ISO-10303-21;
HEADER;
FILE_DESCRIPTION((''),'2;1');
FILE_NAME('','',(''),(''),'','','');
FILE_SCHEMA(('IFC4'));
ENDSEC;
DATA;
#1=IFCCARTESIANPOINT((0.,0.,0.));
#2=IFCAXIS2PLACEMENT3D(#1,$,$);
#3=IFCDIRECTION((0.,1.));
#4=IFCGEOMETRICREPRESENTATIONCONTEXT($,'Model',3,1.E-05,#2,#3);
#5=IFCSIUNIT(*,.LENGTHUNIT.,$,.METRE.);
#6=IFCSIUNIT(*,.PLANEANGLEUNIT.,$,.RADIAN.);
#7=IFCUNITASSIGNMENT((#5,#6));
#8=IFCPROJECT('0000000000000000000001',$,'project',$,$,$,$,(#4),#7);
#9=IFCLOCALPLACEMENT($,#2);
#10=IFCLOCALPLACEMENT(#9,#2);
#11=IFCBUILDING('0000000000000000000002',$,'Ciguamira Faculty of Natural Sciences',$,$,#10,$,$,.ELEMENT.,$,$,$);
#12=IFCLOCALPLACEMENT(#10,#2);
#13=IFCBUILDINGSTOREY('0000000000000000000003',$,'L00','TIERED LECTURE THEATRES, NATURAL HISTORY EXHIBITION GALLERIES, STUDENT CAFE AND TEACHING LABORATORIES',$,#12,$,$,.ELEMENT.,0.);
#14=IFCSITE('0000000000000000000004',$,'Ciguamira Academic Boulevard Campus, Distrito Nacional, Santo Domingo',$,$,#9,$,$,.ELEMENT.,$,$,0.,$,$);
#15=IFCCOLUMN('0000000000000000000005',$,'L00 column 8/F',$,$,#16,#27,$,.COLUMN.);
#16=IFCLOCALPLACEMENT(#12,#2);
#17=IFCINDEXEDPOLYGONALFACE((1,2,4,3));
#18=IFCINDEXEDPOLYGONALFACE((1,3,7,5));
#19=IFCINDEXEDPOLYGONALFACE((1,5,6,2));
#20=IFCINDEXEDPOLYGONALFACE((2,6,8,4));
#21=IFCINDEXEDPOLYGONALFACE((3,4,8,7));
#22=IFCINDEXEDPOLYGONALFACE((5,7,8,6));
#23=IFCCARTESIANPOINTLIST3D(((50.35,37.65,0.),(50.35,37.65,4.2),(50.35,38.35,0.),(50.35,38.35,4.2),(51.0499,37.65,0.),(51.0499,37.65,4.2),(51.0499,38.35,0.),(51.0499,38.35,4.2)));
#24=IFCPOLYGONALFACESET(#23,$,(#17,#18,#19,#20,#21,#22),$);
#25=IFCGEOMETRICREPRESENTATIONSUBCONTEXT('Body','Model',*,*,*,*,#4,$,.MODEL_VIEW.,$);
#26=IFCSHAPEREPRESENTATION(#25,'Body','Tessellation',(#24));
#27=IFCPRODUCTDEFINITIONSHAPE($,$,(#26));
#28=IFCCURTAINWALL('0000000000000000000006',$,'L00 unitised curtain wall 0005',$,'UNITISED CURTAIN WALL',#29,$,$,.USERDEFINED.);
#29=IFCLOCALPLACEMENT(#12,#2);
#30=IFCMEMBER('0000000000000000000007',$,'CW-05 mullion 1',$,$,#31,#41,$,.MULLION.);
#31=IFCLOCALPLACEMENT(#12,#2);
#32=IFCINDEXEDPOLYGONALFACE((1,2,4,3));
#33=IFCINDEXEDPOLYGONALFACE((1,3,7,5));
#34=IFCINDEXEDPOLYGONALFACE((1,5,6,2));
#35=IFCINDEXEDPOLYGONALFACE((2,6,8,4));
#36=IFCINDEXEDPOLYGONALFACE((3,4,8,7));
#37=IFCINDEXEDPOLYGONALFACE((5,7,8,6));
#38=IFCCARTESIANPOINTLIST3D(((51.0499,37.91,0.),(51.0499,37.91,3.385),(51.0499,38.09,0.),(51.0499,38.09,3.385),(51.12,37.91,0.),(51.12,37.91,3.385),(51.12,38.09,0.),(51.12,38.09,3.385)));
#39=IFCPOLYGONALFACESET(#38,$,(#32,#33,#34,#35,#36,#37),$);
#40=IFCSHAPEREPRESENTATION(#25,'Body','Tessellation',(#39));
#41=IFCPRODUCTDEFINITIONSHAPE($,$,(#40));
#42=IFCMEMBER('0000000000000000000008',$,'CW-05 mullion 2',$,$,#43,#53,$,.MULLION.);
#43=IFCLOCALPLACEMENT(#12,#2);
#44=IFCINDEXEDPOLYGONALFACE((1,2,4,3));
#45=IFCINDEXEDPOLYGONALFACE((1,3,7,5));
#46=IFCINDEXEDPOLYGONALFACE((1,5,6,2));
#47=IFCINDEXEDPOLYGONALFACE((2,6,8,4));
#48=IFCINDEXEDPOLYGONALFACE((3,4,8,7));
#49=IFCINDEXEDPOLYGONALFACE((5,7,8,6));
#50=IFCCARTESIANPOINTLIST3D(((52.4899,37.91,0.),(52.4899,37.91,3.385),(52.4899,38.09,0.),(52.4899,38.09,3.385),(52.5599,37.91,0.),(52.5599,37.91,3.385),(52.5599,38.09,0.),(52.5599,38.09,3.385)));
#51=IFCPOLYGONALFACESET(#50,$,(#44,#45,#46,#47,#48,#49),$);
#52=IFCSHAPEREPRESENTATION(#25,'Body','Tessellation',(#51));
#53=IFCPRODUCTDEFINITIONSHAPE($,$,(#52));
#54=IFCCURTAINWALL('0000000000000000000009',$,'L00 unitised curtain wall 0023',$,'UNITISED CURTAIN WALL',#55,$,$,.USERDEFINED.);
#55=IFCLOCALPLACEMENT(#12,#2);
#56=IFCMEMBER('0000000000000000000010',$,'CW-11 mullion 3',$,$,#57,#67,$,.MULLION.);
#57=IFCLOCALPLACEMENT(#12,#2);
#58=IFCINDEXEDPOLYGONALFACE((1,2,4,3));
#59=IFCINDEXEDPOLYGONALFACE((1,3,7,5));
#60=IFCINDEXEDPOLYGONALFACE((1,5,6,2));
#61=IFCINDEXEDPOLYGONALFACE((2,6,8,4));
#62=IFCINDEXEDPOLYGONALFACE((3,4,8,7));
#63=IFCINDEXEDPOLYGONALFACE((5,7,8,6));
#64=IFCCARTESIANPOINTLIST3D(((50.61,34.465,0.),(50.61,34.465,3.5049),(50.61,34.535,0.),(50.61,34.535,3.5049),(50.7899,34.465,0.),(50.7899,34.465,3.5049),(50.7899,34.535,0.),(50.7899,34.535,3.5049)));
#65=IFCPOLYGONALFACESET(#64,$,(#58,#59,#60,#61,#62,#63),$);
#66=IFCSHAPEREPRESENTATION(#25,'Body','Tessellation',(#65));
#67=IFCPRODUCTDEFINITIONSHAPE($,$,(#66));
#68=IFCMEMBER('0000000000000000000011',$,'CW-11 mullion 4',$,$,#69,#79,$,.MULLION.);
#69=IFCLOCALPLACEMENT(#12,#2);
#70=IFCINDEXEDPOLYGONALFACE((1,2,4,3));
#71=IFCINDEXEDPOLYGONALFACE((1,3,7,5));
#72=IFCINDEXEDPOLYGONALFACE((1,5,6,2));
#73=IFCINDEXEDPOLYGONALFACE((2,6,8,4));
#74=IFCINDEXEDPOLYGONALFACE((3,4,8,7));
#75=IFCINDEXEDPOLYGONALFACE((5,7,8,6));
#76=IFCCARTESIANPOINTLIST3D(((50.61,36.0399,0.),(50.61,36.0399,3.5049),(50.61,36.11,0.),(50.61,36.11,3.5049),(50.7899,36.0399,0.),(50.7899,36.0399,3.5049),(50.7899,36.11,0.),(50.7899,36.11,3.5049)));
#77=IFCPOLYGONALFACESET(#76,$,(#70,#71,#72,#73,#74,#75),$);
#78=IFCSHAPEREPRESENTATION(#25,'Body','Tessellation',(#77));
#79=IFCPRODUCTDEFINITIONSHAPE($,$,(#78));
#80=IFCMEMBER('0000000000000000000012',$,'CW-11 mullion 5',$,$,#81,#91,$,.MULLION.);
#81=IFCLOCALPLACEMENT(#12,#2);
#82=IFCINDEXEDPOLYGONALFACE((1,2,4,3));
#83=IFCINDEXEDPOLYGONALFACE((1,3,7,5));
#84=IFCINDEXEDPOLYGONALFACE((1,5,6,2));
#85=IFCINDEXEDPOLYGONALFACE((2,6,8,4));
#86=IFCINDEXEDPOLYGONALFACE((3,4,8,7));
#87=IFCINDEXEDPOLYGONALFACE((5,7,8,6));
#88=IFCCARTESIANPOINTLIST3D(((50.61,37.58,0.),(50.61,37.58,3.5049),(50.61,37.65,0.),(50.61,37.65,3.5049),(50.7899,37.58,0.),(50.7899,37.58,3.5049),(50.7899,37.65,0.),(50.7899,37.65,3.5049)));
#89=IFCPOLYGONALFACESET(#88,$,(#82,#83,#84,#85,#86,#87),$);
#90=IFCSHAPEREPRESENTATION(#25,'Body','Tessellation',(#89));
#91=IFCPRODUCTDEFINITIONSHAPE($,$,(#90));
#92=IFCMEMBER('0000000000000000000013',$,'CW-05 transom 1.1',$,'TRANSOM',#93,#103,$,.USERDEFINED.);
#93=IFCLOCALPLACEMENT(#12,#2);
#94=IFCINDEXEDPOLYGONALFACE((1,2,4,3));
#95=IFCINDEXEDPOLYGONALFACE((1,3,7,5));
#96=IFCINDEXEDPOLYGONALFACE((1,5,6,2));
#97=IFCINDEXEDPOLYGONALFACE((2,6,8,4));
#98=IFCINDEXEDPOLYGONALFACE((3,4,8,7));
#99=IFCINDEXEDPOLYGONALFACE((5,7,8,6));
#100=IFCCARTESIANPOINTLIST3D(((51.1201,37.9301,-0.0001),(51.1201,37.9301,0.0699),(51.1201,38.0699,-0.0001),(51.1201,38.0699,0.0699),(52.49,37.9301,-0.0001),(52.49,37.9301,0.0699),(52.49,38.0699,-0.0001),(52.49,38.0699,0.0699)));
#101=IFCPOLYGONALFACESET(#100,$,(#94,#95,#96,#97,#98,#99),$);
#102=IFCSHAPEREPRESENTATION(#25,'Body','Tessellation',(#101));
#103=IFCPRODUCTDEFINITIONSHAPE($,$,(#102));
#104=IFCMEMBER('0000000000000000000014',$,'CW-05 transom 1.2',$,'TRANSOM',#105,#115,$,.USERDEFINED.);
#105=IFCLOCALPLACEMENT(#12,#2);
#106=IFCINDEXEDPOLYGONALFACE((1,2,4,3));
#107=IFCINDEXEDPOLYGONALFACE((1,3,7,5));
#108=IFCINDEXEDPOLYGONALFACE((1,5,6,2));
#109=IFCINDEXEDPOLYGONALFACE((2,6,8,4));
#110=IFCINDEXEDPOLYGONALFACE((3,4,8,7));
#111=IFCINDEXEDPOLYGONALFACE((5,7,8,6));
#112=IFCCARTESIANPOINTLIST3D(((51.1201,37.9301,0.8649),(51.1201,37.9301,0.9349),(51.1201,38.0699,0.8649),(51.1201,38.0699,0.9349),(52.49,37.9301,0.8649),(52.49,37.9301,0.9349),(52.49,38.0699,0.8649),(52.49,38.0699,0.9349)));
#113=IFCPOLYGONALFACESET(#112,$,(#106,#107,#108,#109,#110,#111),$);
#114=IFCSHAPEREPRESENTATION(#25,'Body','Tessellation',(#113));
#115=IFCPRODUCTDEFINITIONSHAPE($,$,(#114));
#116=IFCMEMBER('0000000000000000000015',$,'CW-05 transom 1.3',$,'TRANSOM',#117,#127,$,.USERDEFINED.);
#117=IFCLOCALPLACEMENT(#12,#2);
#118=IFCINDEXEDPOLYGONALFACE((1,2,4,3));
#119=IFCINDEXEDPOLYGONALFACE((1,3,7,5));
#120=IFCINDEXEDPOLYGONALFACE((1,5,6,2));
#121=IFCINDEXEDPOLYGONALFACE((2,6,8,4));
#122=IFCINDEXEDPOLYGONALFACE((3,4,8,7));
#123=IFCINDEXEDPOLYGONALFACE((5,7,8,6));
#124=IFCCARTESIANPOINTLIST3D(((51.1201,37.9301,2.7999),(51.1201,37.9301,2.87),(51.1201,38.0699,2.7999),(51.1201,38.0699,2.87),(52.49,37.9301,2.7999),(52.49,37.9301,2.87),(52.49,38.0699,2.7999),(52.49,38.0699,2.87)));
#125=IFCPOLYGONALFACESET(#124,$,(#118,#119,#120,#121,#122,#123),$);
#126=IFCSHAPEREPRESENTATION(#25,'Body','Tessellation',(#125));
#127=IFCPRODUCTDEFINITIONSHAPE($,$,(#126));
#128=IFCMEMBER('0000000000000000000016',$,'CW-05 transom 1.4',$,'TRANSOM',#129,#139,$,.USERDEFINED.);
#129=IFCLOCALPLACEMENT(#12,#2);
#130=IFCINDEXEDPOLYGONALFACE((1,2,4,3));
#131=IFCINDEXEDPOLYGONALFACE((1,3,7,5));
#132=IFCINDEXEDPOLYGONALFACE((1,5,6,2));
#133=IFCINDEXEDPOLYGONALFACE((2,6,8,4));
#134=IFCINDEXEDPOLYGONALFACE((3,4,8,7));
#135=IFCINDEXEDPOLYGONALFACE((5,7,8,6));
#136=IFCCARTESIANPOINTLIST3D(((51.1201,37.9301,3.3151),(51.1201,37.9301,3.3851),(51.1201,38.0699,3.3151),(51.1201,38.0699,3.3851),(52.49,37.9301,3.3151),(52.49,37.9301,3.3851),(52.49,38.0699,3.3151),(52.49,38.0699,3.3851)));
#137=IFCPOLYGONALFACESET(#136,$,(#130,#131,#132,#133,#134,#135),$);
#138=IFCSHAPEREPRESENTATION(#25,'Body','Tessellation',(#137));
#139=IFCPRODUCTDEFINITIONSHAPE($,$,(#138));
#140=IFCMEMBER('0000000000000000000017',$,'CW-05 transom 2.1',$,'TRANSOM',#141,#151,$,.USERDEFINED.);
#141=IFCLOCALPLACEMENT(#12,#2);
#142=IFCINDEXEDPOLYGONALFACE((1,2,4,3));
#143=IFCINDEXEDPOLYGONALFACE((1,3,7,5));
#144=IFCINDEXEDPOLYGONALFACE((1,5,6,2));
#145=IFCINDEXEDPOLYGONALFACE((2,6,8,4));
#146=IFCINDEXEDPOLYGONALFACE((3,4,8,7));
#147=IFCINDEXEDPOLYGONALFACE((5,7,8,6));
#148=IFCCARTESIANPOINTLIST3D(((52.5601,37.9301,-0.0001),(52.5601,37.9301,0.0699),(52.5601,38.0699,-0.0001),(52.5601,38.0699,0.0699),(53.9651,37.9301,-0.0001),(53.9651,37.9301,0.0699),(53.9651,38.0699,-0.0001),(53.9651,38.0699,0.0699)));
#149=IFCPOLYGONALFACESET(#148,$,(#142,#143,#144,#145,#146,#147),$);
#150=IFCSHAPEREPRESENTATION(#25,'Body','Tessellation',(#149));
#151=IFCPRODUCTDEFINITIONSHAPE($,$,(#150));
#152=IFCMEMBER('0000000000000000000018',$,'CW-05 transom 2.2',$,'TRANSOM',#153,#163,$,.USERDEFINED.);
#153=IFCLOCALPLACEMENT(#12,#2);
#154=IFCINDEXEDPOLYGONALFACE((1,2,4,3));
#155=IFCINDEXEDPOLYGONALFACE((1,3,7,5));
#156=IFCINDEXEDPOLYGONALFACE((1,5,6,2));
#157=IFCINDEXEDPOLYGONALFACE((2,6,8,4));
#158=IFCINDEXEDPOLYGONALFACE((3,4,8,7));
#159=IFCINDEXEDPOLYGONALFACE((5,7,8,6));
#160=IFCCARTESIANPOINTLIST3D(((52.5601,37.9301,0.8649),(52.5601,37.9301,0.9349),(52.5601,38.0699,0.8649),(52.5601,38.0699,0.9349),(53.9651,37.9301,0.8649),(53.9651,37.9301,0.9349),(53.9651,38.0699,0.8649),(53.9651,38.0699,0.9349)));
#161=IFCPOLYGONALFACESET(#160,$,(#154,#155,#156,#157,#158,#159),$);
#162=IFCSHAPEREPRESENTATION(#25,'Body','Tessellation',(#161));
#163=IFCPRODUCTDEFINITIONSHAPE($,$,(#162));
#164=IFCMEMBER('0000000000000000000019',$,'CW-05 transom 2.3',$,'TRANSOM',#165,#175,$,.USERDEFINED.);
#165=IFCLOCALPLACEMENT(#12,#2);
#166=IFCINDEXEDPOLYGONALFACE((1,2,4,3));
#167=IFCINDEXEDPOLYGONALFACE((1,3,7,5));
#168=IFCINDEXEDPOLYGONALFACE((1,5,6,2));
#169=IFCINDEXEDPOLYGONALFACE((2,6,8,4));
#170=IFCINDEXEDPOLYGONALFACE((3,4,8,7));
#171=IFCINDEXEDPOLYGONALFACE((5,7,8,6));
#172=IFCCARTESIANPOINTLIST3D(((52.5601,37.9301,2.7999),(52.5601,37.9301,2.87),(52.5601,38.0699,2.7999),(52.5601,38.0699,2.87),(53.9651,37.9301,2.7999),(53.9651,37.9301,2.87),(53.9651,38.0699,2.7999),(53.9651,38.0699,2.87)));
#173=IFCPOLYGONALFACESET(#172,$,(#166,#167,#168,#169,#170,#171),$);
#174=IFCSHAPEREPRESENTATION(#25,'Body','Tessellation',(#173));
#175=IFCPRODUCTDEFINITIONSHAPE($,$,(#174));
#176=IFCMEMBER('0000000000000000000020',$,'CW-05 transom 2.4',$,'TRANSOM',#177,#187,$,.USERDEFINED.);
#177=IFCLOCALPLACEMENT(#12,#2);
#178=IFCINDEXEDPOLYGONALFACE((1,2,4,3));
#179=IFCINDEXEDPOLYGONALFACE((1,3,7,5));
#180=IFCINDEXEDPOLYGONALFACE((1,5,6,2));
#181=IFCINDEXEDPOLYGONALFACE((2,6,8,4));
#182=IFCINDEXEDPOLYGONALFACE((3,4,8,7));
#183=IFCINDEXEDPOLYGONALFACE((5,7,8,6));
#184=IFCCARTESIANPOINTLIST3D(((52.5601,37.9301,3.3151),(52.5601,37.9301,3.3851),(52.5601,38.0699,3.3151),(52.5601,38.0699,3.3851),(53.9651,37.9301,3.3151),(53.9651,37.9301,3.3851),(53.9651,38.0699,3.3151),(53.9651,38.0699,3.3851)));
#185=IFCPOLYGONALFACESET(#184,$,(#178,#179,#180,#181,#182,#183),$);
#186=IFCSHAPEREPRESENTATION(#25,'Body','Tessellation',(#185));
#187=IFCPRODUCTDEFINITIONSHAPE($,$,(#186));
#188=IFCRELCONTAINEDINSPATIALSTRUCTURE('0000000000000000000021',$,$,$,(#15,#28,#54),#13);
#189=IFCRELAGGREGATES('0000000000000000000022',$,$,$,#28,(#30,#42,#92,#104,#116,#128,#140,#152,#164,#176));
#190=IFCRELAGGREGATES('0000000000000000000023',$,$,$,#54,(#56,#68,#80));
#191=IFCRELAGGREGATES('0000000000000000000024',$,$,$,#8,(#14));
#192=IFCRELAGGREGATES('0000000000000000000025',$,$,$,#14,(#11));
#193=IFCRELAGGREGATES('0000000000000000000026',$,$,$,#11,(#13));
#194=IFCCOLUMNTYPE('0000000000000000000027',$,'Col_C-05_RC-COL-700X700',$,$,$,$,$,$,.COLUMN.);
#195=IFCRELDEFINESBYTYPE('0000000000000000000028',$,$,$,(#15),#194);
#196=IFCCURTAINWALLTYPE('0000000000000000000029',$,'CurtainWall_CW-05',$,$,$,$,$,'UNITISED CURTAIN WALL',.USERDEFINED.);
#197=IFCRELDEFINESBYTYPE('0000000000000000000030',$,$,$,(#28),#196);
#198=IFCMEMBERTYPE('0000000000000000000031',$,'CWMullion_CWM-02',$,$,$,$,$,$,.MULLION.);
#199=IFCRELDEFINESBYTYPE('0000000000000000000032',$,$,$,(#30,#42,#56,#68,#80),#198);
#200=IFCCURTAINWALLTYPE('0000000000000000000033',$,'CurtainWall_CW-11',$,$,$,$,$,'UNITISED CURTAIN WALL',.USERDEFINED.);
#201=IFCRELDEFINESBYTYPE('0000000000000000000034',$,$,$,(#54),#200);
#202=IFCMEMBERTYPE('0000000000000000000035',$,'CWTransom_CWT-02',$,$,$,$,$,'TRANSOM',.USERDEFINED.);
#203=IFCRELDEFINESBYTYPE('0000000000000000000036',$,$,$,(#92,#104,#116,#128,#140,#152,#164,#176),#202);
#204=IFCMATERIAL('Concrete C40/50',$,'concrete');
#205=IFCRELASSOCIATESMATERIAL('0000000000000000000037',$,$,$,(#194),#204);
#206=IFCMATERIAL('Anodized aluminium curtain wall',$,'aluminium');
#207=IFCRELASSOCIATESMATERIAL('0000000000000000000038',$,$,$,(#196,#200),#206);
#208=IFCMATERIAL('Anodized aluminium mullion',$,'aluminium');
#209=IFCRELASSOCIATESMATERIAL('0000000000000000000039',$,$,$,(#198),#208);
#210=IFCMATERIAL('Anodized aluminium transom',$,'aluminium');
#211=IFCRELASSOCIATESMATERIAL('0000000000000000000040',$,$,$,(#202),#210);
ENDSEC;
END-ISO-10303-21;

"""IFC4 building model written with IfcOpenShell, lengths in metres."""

from ifc_helpers import new_model, si_unit, direction, frame, origin, origin_2d, place, context, subcontext, project, spatial, rectangle, extrude, material, material_profile, profile_set, type_object, element, aggregate, save


model = new_model("IFC4")

# Units and contexts
model_context = context("Model", 3, precision=1e-05, world=origin(), true_north=direction((0.0, 1.0)))
body_context = subcontext(model_context, "Body", "Model", "MODEL_VIEW")
ifc_project = project(units=[si_unit("LENGTHUNIT", "METRE"), si_unit("PLANEANGLEUNIT", "RADIAN")], contexts=[model_context])

# Site, building, storey
site_placement = place(None, origin())
site = spatial("IfcSite", under=ifc_project, at=site_placement, Name="Ciguamira Academic Boulevard Campus, Distrito Nacional, Santo Domingo", CompositionType="ELEMENT", RefElevation=0.0)
building_placement = place(site_placement, origin())
building = spatial("IfcBuilding", under=site, at=building_placement, Name="Ciguamira Faculty of Natural Sciences", CompositionType="ELEMENT")
storey_placement = place(building_placement, origin())
storey = spatial("IfcBuildingStorey", under=building, at=storey_placement, Name="L00", Description="TIERED LECTURE THEATRES, NATURAL HISTORY EXHIBITION GALLERIES, STUDENT CAFE AND TEACHING LABORATORIES", CompositionType="ELEMENT", Elevation=0.0)

# Column
ifc_material_1 = material(Name="Concrete C40/50", Category="concrete")
ifc_material_profile_1 = material_profile(ifc_material_1, rectangle(XDim=0.7, YDim=0.7, at=origin_2d()), Name="RC-COL-700X700")
ifc_profile_set_1 = profile_set([ifc_material_profile_1], Name="Concrete C40/50")
column_type = type_object("IfcColumnType", Name="Col_C-05_RC-COL-700X700", PredefinedType="COLUMN", material=ifc_profile_set_1)
column_placement = place(storey_placement, frame((50.7, 38.0, 0.0), z_axis=(0.0, 0.0, 1.0), x_axis=(1.0, 0.0, 0.0)))
element("IfcColumn", 1, at=column_placement, inside=storey, type_object=column_type, Name="L00 column 8/F", PredefinedType="COLUMN", context=body_context, shape_type="SweptSolid", body=[
    extrude(rectangle(XDim=0.7, YDim=0.7, at=origin_2d()), origin(), (0.0, 0.0, 1.0), 4.2),
])

# Curtain walls, members
ifc_material_2 = material(Name="Anodized aluminium curtain wall", Category="aluminium")
curtain_wall_type_1 = type_object("IfcCurtainWallType", Name="CurtainWall_CW-05", ElementType="UNITISED CURTAIN WALL", PredefinedType="USERDEFINED", material=ifc_material_2)
curtain_wall_1_placement = place(storey_placement, origin())
curtain_wall_1 = element("IfcCurtainWall", 2, at=curtain_wall_1_placement, inside=storey, type_object=curtain_wall_type_1, Name="L00 unitised curtain wall 0005", ObjectType="UNITISED CURTAIN WALL", PredefinedType="USERDEFINED")
ifc_material_3 = material(Name="Anodized aluminium mullion", Category="aluminium")
ifc_material_profile_2 = material_profile(ifc_material_3, rectangle(XDim=0.0701, YDim=0.1799, at=origin_2d()), Name="ALU-MUL-70X180")
ifc_profile_set_2 = profile_set([ifc_material_profile_2], Name="Anodized aluminium mullion")
member_type_1 = type_object("IfcMemberType", Name="CWMullion_CWM-02", PredefinedType="MULLION", material=ifc_profile_set_2)
member_1_placement = place(storey_placement, frame((51.085, 38.0, 0.0), z_axis=(0.0, 0.0, 1.0), x_axis=(1.0, 0.0, 0.0)))
member_1 = element("IfcMember", 3, at=member_1_placement, type_object=member_type_1, Name="CW-05 mullion 1", PredefinedType="MULLION", context=body_context, shape_type="SweptSolid", body=[
    extrude(rectangle(XDim=0.0701, YDim=0.1799, at=origin_2d()), origin(), (0.0, 0.0, 1.0), 3.385),
])
member_2_placement = place(storey_placement, frame((52.5249, 38.0, 0.0), z_axis=(0.0, 0.0, 1.0), x_axis=(1.0, 0.0, 0.0)))
member_2 = element("IfcMember", 4, at=member_2_placement, type_object=member_type_1, Name="CW-05 mullion 2", PredefinedType="MULLION", context=body_context, shape_type="SweptSolid", body=[
    extrude(rectangle(XDim=0.0701, YDim=0.1799, at=origin_2d()), origin(), (0.0, 0.0, 1.0), 3.385),
])
curtain_wall_type_2 = type_object("IfcCurtainWallType", Name="CurtainWall_CW-11", ElementType="UNITISED CURTAIN WALL", PredefinedType="USERDEFINED", material=ifc_material_2)
curtain_wall_2_placement = place(storey_placement, origin())
curtain_wall_2 = element("IfcCurtainWall", 5, at=curtain_wall_2_placement, inside=storey, type_object=curtain_wall_type_2, Name="L00 unitised curtain wall 0023", ObjectType="UNITISED CURTAIN WALL", PredefinedType="USERDEFINED")
member_3_placement = place(storey_placement, frame((50.7, 34.5, 0.0), z_axis=(0.0, 0.0, 1.0), x_axis=(0.0, 1.0, 0.0)))
member_3 = element("IfcMember", 6, at=member_3_placement, type_object=member_type_1, Name="CW-11 mullion 3", PredefinedType="MULLION", context=body_context, shape_type="SweptSolid", body=[
    extrude(rectangle(XDim=0.0701, YDim=0.1799, at=origin_2d()), origin(), (0.0, 0.0, 1.0), 3.5049),
])
member_4_placement = place(storey_placement, frame((50.7, 36.075, 0.0), z_axis=(0.0, 0.0, 1.0), x_axis=(0.0, 1.0, 0.0)))
member_4 = element("IfcMember", 7, at=member_4_placement, type_object=member_type_1, Name="CW-11 mullion 4", PredefinedType="MULLION", context=body_context, shape_type="SweptSolid", body=[
    extrude(rectangle(XDim=0.0701, YDim=0.1799, at=origin_2d()), origin(), (0.0, 0.0, 1.0), 3.5049),
])
member_5_placement = place(storey_placement, frame((50.7, 37.615, 0.0), z_axis=(0.0, 0.0, 1.0), x_axis=(0.0, 1.0, 0.0)))
member_5 = element("IfcMember", 8, at=member_5_placement, type_object=member_type_1, Name="CW-11 mullion 5", PredefinedType="MULLION", context=body_context, shape_type="SweptSolid", body=[
    extrude(rectangle(XDim=0.0701, YDim=0.1799, at=origin_2d()), origin(), (0.0, 0.0, 1.0), 3.5049),
])

# Members
ifc_material_4 = material(Name="Anodized aluminium transom", Category="aluminium")
ifc_material_profile_3 = material_profile(ifc_material_4, rectangle(XDim=0.0701, YDim=0.1399, at=origin_2d()), Name="ALU-TRN-70X140")
ifc_profile_set_3 = profile_set([ifc_material_profile_3], Name="Anodized aluminium transom")
member_type_2 = type_object("IfcMemberType", Name="CWTransom_CWT-02", ElementType="TRANSOM", PredefinedType="USERDEFINED", material=ifc_profile_set_3)
member_6_placement = place(storey_placement, frame((51.1201, 38.0, 0.0349), z_axis=(1.0, 0.0, 0.0), x_axis=(0.0, 0.0, 1.0)))
member_6 = element("IfcMember", 9, at=member_6_placement, type_object=member_type_2, Name="CW-05 transom 1.1", ObjectType="TRANSOM", PredefinedType="USERDEFINED", context=body_context, shape_type="SweptSolid", body=[
    extrude(rectangle(XDim=0.0701, YDim=0.1399, at=origin_2d()), origin(), (0.0, 0.0, 1.0), 1.3699),
])
member_7_placement = place(storey_placement, frame((51.1201, 38.0, 0.8999), z_axis=(1.0, 0.0, 0.0), x_axis=(0.0, 0.0, 1.0)))
member_7 = element("IfcMember", 10, at=member_7_placement, type_object=member_type_2, Name="CW-05 transom 1.2", ObjectType="TRANSOM", PredefinedType="USERDEFINED", context=body_context, shape_type="SweptSolid", body=[
    extrude(rectangle(XDim=0.0701, YDim=0.1399, at=origin_2d()), origin(), (0.0, 0.0, 1.0), 1.3699),
])
member_8_placement = place(storey_placement, frame((51.1201, 38.0, 2.835), z_axis=(1.0, 0.0, 0.0), x_axis=(0.0, 0.0, 1.0)))
member_8 = element("IfcMember", 11, at=member_8_placement, type_object=member_type_2, Name="CW-05 transom 1.3", ObjectType="TRANSOM", PredefinedType="USERDEFINED", context=body_context, shape_type="SweptSolid", body=[
    extrude(rectangle(XDim=0.0701, YDim=0.1399, at=origin_2d()), origin(), (0.0, 0.0, 1.0), 1.3699),
])
member_9_placement = place(storey_placement, frame((51.1201, 38.0, 3.3501), z_axis=(1.0, 0.0, 0.0), x_axis=(0.0, 0.0, 1.0)))
member_9 = element("IfcMember", 12, at=member_9_placement, type_object=member_type_2, Name="CW-05 transom 1.4", ObjectType="TRANSOM", PredefinedType="USERDEFINED", context=body_context, shape_type="SweptSolid", body=[
    extrude(rectangle(XDim=0.0701, YDim=0.1399, at=origin_2d()), origin(), (0.0, 0.0, 1.0), 1.3699),
])
member_10_placement = place(storey_placement, frame((52.5601, 38.0, 0.0349), z_axis=(1.0, 0.0, 0.0), x_axis=(0.0, 0.0, 1.0)))
member_10 = element("IfcMember", 13, at=member_10_placement, type_object=member_type_2, Name="CW-05 transom 2.1", ObjectType="TRANSOM", PredefinedType="USERDEFINED", context=body_context, shape_type="SweptSolid", body=[
    extrude(rectangle(XDim=0.0701, YDim=0.1399, at=origin_2d()), origin(), (0.0, 0.0, 1.0), 1.405),
])
member_11_placement = place(storey_placement, frame((52.5601, 38.0, 0.8999), z_axis=(1.0, 0.0, 0.0), x_axis=(0.0, 0.0, 1.0)))
member_11 = element("IfcMember", 14, at=member_11_placement, type_object=member_type_2, Name="CW-05 transom 2.2", ObjectType="TRANSOM", PredefinedType="USERDEFINED", context=body_context, shape_type="SweptSolid", body=[
    extrude(rectangle(XDim=0.0701, YDim=0.1399, at=origin_2d()), origin(), (0.0, 0.0, 1.0), 1.405),
])
member_12_placement = place(storey_placement, frame((52.5601, 38.0, 2.835), z_axis=(1.0, 0.0, 0.0), x_axis=(0.0, 0.0, 1.0)))
member_12 = element("IfcMember", 15, at=member_12_placement, type_object=member_type_2, Name="CW-05 transom 2.3", ObjectType="TRANSOM", PredefinedType="USERDEFINED", context=body_context, shape_type="SweptSolid", body=[
    extrude(rectangle(XDim=0.0701, YDim=0.1399, at=origin_2d()), origin(), (0.0, 0.0, 1.0), 1.405),
])
member_13_placement = place(storey_placement, frame((52.5601, 38.0, 3.3501), z_axis=(1.0, 0.0, 0.0), x_axis=(0.0, 0.0, 1.0)))
member_13 = element("IfcMember", 16, at=member_13_placement, type_object=member_type_2, Name="CW-05 transom 2.4", ObjectType="TRANSOM", PredefinedType="USERDEFINED", context=body_context, shape_type="SweptSolid", body=[
    extrude(rectangle(XDim=0.0701, YDim=0.1399, at=origin_2d()), origin(), (0.0, 0.0, 1.0), 1.405),
])

aggregate(curtain_wall_1, [member_1, member_2, member_6, member_7, member_8, member_9, member_10, member_11, member_12, member_13])
aggregate(curtain_wall_2, [member_3, member_4, member_5])

save(model, "model.ifc")
